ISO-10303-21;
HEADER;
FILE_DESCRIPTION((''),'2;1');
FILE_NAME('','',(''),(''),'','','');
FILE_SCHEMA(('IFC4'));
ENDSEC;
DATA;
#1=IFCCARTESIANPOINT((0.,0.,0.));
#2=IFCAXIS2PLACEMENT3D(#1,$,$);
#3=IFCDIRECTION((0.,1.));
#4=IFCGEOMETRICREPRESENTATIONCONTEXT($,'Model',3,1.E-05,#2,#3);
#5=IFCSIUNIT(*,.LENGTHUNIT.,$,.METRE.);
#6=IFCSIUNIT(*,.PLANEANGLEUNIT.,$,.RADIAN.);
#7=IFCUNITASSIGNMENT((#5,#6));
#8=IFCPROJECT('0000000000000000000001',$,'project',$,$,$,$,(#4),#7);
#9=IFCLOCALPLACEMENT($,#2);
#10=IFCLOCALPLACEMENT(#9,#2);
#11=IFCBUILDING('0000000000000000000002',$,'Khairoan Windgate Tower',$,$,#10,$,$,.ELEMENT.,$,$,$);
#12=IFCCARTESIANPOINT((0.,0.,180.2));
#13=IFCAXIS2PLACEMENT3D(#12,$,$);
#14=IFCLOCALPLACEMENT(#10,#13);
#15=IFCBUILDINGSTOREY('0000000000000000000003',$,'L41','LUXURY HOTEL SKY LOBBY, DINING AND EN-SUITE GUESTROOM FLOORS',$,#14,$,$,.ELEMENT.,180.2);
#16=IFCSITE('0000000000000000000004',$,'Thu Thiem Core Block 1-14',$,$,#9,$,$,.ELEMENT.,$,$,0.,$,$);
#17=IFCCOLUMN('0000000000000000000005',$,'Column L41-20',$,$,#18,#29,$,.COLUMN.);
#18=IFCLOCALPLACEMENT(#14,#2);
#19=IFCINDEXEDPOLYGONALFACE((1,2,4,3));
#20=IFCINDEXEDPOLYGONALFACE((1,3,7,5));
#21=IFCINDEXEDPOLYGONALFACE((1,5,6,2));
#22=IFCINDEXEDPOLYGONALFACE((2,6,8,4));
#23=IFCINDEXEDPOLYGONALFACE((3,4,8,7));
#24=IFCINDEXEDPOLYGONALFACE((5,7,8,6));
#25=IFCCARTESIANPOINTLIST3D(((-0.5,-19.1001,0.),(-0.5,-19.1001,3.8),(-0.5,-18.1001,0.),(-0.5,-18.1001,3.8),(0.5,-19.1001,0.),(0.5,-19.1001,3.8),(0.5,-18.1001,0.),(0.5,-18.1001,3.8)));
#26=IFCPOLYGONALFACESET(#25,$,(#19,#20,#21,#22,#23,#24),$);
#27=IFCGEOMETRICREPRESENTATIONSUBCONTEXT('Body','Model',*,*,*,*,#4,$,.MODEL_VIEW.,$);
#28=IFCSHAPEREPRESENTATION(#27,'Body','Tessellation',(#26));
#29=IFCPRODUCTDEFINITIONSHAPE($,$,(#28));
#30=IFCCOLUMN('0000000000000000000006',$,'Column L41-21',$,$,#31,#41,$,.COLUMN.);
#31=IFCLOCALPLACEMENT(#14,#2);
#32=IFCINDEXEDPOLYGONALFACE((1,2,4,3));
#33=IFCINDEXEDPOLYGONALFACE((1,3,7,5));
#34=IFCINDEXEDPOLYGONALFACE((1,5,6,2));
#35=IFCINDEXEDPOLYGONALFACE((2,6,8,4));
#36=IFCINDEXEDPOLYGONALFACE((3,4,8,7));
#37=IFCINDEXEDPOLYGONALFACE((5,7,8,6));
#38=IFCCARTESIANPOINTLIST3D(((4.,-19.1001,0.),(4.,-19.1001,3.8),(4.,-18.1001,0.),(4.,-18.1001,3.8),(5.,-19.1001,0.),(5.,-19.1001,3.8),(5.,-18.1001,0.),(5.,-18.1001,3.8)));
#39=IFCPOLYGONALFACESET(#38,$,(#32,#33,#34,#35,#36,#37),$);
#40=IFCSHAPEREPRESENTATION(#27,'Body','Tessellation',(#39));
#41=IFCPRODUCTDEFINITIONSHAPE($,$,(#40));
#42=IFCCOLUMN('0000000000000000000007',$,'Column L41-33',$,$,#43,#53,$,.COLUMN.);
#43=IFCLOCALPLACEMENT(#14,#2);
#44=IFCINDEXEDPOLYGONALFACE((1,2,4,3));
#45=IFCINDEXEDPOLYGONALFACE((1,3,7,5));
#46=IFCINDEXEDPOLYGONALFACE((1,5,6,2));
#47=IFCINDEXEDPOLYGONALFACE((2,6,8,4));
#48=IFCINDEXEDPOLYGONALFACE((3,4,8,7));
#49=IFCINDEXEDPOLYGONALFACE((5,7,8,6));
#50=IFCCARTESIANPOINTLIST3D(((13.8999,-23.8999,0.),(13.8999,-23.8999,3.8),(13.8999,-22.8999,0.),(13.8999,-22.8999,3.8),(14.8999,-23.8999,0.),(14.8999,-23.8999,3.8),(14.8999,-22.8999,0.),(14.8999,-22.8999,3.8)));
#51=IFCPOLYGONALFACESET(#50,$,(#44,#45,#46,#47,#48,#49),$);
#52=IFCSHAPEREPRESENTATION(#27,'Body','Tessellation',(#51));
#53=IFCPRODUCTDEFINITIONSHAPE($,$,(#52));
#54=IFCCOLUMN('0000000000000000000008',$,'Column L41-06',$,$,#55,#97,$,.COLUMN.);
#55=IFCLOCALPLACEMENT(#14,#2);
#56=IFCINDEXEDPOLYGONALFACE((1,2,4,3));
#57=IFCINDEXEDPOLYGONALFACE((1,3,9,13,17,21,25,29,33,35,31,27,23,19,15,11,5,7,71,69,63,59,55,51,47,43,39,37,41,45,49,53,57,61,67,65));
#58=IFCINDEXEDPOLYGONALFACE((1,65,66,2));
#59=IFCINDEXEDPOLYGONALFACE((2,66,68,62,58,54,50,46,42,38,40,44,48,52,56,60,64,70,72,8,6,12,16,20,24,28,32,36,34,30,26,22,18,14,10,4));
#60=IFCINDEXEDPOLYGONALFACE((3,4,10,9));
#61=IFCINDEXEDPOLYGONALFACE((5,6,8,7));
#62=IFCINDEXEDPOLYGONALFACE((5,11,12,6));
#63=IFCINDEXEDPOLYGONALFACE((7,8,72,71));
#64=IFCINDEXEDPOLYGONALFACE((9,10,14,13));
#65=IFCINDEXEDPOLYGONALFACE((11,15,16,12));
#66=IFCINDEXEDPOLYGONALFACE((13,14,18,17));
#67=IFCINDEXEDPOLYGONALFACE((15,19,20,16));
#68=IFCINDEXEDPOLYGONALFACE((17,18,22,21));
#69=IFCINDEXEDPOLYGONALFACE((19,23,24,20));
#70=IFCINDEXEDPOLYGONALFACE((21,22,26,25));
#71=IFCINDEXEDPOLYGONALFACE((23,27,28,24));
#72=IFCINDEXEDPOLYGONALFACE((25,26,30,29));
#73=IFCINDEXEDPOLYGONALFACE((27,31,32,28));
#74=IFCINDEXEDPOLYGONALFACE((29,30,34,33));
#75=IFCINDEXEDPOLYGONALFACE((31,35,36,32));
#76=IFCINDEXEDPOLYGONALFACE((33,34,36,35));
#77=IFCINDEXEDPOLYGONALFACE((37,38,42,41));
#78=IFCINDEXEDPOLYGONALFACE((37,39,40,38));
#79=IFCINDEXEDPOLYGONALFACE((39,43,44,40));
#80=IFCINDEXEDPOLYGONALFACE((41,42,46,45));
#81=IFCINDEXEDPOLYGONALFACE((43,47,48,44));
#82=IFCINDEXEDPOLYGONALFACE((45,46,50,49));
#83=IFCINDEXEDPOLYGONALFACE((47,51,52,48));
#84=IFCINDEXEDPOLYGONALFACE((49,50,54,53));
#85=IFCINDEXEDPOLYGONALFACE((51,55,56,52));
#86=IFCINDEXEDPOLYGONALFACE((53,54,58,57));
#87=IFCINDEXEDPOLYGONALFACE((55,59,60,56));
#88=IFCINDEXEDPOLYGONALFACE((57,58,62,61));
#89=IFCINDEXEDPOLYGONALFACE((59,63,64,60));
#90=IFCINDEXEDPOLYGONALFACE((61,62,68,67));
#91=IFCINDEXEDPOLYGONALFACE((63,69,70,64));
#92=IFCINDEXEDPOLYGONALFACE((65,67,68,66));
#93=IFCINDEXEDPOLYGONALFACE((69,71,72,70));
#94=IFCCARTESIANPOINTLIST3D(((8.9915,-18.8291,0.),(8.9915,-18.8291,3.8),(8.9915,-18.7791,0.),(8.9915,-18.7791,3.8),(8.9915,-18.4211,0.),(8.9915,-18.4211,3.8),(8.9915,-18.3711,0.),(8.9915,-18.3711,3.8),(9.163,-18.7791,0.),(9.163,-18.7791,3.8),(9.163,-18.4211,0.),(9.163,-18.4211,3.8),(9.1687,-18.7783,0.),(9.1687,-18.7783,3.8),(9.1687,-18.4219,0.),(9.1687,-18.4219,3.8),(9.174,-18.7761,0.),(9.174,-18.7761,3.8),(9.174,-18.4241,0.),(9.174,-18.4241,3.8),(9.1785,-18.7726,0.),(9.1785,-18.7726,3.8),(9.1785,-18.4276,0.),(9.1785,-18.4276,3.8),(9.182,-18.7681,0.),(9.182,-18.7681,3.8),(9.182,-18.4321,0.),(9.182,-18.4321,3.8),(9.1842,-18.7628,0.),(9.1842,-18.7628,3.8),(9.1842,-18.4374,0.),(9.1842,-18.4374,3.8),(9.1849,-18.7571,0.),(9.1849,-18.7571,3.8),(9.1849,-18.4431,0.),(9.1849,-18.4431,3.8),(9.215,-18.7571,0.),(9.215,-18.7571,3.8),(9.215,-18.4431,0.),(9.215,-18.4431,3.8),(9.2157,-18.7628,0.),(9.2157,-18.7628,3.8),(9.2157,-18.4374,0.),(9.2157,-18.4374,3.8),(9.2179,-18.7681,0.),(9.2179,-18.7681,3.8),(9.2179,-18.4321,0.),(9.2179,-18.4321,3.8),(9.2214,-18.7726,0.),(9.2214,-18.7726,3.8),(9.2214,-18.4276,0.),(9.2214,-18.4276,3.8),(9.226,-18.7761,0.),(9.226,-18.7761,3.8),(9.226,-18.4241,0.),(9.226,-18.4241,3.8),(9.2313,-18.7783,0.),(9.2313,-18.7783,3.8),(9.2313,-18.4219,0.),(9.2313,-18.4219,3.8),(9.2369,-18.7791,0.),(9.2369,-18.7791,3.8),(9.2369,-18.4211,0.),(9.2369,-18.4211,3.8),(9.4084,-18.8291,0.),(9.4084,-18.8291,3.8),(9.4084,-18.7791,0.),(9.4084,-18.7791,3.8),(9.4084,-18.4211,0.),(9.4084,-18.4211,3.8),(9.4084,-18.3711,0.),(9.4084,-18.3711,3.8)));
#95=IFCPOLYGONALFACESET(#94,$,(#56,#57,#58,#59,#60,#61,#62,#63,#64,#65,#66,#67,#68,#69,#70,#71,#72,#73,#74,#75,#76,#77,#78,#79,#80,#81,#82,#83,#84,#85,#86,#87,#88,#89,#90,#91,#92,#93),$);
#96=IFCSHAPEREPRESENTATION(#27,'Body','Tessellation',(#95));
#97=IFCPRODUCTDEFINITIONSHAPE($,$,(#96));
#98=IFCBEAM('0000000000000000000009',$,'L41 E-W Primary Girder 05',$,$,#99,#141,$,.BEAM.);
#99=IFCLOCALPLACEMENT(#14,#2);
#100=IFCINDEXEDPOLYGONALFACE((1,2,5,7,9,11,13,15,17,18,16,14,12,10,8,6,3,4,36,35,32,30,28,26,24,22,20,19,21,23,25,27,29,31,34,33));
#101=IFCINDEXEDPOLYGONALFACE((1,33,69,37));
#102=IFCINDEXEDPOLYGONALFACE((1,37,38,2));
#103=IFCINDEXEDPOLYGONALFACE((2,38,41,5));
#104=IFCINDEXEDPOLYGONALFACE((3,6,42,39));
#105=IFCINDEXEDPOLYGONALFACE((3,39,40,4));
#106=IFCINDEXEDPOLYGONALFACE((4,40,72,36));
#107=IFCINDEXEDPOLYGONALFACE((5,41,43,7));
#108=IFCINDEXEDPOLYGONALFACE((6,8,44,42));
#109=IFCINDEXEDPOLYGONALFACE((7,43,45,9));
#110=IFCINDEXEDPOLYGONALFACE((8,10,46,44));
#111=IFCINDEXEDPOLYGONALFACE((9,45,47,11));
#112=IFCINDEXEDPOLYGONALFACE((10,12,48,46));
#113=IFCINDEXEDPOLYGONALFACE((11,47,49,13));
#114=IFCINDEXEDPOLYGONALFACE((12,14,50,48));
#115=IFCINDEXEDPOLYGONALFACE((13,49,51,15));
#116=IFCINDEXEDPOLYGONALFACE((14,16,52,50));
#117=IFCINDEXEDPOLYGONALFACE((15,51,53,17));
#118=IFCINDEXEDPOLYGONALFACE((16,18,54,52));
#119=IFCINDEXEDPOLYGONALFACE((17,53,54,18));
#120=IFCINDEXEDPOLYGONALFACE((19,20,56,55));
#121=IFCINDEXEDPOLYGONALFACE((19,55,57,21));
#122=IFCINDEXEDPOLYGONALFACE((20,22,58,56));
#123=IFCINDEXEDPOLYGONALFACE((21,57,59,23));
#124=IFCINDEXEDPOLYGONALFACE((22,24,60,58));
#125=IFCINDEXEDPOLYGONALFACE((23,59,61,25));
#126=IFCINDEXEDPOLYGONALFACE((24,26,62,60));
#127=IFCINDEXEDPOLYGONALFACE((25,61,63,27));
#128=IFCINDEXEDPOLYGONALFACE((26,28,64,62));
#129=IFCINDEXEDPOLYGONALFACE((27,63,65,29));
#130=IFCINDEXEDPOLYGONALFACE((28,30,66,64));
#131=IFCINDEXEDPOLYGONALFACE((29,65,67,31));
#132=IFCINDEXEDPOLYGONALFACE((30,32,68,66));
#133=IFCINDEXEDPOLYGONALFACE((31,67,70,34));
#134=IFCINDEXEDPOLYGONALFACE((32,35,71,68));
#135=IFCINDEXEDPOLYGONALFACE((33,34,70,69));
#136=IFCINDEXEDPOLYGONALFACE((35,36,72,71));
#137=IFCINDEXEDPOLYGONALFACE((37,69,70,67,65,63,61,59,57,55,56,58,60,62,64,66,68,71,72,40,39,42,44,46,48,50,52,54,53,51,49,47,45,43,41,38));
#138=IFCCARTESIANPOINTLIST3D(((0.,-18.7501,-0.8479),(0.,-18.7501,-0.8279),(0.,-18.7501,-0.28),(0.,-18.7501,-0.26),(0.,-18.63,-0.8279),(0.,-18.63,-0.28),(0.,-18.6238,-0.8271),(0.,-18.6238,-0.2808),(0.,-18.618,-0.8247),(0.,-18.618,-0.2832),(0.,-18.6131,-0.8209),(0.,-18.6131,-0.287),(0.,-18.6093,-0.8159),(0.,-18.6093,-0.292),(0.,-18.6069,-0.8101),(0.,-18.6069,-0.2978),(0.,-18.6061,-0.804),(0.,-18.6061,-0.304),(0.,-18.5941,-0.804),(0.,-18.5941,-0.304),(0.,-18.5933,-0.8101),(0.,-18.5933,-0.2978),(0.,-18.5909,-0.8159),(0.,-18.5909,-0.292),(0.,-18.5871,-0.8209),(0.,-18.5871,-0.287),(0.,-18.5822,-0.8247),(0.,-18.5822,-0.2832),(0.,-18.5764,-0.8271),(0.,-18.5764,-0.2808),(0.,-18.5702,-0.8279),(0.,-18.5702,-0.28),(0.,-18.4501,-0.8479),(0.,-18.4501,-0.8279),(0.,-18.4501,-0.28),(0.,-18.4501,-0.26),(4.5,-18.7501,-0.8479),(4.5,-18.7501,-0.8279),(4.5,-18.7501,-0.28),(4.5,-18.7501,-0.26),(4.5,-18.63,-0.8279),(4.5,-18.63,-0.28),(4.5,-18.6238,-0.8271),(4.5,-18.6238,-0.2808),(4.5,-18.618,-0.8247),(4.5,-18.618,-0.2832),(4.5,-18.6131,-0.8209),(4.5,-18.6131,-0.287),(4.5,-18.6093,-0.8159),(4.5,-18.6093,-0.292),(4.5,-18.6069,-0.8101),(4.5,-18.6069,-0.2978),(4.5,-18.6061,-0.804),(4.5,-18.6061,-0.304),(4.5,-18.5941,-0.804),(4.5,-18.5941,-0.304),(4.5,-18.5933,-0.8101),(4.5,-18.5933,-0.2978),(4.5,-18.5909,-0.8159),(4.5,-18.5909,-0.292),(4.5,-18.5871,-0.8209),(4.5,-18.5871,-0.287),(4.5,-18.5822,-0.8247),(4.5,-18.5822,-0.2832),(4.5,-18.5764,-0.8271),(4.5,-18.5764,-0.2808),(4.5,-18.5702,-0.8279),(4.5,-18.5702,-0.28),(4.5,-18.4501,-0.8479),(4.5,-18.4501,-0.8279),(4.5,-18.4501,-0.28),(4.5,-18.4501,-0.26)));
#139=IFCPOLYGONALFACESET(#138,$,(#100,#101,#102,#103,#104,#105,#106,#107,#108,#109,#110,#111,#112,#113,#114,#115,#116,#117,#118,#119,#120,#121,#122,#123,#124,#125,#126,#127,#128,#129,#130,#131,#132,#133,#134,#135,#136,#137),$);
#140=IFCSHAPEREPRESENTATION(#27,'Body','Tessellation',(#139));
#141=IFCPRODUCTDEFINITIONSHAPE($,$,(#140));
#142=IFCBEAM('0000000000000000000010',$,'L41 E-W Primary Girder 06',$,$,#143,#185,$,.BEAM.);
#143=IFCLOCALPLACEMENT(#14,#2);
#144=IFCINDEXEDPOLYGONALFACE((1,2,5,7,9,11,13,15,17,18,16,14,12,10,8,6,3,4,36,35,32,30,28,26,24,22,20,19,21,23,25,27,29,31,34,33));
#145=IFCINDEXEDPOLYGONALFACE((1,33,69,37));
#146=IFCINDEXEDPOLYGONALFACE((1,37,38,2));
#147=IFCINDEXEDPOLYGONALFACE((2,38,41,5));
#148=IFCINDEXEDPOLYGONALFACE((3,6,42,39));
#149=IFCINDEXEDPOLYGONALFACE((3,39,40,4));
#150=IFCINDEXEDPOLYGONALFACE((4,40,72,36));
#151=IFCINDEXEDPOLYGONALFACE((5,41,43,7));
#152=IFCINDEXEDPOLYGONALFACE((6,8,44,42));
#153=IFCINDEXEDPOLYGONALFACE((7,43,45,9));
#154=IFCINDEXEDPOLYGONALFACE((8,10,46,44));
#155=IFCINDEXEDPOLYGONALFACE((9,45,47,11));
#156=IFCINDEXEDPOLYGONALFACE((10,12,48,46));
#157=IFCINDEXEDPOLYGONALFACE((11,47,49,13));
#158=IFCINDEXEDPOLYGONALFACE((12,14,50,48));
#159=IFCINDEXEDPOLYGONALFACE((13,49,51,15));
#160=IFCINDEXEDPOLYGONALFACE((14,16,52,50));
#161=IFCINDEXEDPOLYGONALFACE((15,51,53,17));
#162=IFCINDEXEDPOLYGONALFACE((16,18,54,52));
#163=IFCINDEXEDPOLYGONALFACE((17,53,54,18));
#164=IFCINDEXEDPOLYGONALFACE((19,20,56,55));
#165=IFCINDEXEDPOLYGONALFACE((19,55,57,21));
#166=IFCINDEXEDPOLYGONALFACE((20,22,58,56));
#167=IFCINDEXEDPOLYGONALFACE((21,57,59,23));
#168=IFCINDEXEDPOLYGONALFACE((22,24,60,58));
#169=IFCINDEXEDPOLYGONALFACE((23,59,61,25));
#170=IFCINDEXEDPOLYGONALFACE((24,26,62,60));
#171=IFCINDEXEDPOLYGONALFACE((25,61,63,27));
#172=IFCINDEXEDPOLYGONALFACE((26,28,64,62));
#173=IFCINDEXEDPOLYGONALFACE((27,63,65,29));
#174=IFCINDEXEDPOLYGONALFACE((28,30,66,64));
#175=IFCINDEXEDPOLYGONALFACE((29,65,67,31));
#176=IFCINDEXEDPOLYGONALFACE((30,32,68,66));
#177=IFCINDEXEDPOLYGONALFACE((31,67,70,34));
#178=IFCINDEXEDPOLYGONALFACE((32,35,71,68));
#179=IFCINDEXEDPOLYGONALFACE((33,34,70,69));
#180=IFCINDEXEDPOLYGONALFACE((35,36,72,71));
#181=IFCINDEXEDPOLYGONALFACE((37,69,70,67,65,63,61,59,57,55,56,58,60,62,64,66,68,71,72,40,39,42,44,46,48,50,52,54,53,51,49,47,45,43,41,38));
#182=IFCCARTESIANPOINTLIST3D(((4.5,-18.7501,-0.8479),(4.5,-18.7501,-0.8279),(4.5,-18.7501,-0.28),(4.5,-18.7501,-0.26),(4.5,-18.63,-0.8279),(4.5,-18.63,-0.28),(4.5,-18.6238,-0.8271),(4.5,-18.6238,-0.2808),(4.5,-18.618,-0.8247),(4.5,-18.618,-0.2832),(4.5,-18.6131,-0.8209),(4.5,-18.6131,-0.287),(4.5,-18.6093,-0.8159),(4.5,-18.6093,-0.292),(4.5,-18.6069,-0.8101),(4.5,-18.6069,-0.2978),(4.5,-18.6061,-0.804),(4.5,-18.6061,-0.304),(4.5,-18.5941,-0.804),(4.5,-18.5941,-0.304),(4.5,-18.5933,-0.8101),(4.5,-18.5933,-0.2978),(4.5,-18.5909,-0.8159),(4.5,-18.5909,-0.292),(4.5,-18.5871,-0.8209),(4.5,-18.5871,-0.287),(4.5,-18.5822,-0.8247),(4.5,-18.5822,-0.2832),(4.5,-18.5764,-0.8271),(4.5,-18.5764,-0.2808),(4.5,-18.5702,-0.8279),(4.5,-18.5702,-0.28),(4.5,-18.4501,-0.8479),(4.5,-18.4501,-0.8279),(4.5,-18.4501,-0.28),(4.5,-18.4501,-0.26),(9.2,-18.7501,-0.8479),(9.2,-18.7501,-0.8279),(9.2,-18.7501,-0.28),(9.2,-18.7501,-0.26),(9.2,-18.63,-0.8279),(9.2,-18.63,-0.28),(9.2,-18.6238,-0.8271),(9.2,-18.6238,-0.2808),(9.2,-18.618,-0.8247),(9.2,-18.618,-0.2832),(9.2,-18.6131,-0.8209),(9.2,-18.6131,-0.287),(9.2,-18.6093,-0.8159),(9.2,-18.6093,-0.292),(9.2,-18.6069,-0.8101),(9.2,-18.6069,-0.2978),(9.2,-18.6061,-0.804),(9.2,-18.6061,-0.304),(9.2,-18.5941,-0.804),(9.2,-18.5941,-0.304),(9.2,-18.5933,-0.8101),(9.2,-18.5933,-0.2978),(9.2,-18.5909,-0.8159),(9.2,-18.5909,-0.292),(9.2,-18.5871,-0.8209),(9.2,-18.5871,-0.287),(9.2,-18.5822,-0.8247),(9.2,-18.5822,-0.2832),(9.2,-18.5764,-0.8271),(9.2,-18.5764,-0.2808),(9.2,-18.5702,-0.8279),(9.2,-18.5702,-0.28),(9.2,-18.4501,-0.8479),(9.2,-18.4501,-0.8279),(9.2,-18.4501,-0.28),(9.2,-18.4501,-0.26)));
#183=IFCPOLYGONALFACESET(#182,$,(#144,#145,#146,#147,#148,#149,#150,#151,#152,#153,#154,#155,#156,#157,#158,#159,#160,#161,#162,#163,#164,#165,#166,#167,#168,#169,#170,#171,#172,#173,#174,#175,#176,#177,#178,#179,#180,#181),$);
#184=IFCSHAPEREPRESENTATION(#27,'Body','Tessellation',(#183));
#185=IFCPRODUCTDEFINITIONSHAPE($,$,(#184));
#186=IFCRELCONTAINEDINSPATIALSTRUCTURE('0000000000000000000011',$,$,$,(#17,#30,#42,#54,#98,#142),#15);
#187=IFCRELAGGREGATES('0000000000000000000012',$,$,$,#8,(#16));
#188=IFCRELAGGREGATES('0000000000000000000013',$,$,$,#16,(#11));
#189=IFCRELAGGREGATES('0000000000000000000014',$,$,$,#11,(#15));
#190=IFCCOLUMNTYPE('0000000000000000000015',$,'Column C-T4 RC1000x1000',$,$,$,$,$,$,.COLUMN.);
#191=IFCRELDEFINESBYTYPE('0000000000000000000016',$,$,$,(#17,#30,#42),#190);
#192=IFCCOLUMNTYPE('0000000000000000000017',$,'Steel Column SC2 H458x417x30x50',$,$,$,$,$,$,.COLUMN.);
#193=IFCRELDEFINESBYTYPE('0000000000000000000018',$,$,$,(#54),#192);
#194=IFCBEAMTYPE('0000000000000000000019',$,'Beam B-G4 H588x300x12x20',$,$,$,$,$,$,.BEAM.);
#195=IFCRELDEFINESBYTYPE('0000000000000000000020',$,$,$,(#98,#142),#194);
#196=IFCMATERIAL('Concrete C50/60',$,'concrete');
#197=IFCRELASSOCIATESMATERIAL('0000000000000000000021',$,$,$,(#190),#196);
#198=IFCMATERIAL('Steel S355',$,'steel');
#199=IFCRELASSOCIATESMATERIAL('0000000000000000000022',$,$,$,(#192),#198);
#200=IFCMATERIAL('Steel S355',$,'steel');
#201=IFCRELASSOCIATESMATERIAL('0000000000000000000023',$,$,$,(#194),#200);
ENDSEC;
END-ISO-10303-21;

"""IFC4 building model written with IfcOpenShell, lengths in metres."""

from ifc_helpers import new_model, si_unit, direction, frame, origin, origin_2d, place, context, subcontext, project, spatial, rectangle, i_section, extrude, material, material_profile, profile_set, type_object, element, save


model = new_model("IFC4")

# Units and contexts
model_context = context("Model", 3, precision=1e-05, world=origin(), true_north=direction((0.0, 1.0)))
body_context = subcontext(model_context, "Body", "Model", "MODEL_VIEW")
ifc_project = project(units=[si_unit("LENGTHUNIT", "METRE"), si_unit("PLANEANGLEUNIT", "RADIAN")], contexts=[model_context])

# Site, building, storey
site_placement = place(None, origin())
site = spatial("IfcSite", under=ifc_project, at=site_placement, Name="Thu Thiem Core Block 1-14", CompositionType="ELEMENT", RefElevation=0.0)
building_placement = place(site_placement, origin())
building = spatial("IfcBuilding", under=site, at=building_placement, Name="Khairoan Windgate Tower", CompositionType="ELEMENT")
storey_placement = place(building_placement, frame((0.0, 0.0, 180.2)))
storey = spatial("IfcBuildingStorey", under=building, at=storey_placement, Name="L41", Description="LUXURY HOTEL SKY LOBBY, DINING AND EN-SUITE GUESTROOM FLOORS", CompositionType="ELEMENT", Elevation=180.2)

# Columns
ifc_material_1 = material(Name="Concrete C50/60", Category="concrete")
ifc_material_profile_1 = material_profile(ifc_material_1, rectangle(XDim=1.0, YDim=1.0, at=origin_2d()))
ifc_profile_set_1 = profile_set([ifc_material_profile_1], Name="Concrete C50/60")
column_type_1 = type_object("IfcColumnType", Name="Column C-T4 RC1000x1000", PredefinedType="COLUMN", material=ifc_profile_set_1)
for number, where, z_axis, x_axis, name in (
    (1, (0.0, -18.6001, 0.0), (0.0, 0.0, 1.0), (1.0, 0.0, 0.0), "Column L41-20"),
    (2, (4.5, -18.6001, 0.0), (0.0, 0.0, 1.0), (1.0, 0.0, 0.0), "Column L41-21"),
    (3, (14.3999, -23.3999, 0.0), (0.0, 0.0, 1.0), (1.0, 0.0, 0.0), "Column L41-33"),
):
    element("IfcColumn", number, at=place(storey_placement, frame(where, z_axis=z_axis, x_axis=x_axis)), inside=storey, type_object=column_type_1, Name=name, PredefinedType="COLUMN", context=body_context, shape_type="SweptSolid", body=[
        extrude(rectangle(XDim=1.0, YDim=1.0, at=origin_2d()), origin(), (0.0, 0.0, 1.0), 3.8),
    ])
ifc_material_2 = material(Name="Steel S355", Category="steel")
ifc_material_profile_2 = material_profile(ifc_material_2, i_section(OverallWidth=0.417, OverallDepth=0.458, WebThickness=0.03, FlangeThickness=0.05, FilletRadius=0.022, at=origin_2d()))
ifc_profile_set_2 = profile_set([ifc_material_profile_2], Name="Steel S355")
column_type_2 = type_object("IfcColumnType", Name="Steel Column SC2 H458x417x30x50", PredefinedType="COLUMN", material=ifc_profile_set_2)
column_placement = place(storey_placement, frame((9.2, -18.6001, 0.0), z_axis=(0.0, 0.0, 1.0), x_axis=(1.0, 0.0, 0.0)))
element("IfcColumn", 4, at=column_placement, inside=storey, type_object=column_type_2, Name="Column L41-06", PredefinedType="COLUMN", context=body_context, shape_type="SweptSolid", body=[
    extrude(i_section(OverallWidth=0.417, OverallDepth=0.458, WebThickness=0.03, FlangeThickness=0.05, FilletRadius=0.022, at=origin_2d()), origin(), (0.0, 0.0, 1.0), 3.8),
])

# Beams
ifc_material_3 = material(Name="Steel S355", Category="steel")
ifc_material_profile_3 = material_profile(ifc_material_3, i_section(OverallWidth=0.3, OverallDepth=0.5879, WebThickness=0.012, FlangeThickness=0.02, FilletRadius=0.0239, at=origin_2d()))
ifc_profile_set_3 = profile_set([ifc_material_profile_3], Name="Steel S355")
beam_type = type_object("IfcBeamType", Name="Beam B-G4 H588x300x12x20", PredefinedType="BEAM", material=ifc_profile_set_3)
beam_1_placement = place(storey_placement, frame((0.0, -18.6001, -0.554), z_axis=(1.0, 0.0, 0.0), x_axis=(0.0, 1.0, 0.0)))
element("IfcBeam", 5, at=beam_1_placement, inside=storey, type_object=beam_type, Name="L41 E-W Primary Girder 05", PredefinedType="BEAM", context=body_context, shape_type="SweptSolid", body=[
    extrude(i_section(OverallWidth=0.3, OverallDepth=0.5879, WebThickness=0.012, FlangeThickness=0.02, FilletRadius=0.0239, at=origin_2d()), origin(), (0.0, 0.0, 1.0), 4.5),
])
beam_2_placement = place(storey_placement, frame((4.5, -18.6001, -0.554), z_axis=(1.0, 0.0, 0.0), x_axis=(0.0, 1.0, 0.0)))
element("IfcBeam", 6, at=beam_2_placement, inside=storey, type_object=beam_type, Name="L41 E-W Primary Girder 06", PredefinedType="BEAM", context=body_context, shape_type="SweptSolid", body=[
    extrude(i_section(OverallWidth=0.3, OverallDepth=0.5879, WebThickness=0.012, FlangeThickness=0.02, FilletRadius=0.0239, at=origin_2d()), origin(), (0.0, 0.0, 1.0), 4.7),
])

save(model, "model.ifc")
